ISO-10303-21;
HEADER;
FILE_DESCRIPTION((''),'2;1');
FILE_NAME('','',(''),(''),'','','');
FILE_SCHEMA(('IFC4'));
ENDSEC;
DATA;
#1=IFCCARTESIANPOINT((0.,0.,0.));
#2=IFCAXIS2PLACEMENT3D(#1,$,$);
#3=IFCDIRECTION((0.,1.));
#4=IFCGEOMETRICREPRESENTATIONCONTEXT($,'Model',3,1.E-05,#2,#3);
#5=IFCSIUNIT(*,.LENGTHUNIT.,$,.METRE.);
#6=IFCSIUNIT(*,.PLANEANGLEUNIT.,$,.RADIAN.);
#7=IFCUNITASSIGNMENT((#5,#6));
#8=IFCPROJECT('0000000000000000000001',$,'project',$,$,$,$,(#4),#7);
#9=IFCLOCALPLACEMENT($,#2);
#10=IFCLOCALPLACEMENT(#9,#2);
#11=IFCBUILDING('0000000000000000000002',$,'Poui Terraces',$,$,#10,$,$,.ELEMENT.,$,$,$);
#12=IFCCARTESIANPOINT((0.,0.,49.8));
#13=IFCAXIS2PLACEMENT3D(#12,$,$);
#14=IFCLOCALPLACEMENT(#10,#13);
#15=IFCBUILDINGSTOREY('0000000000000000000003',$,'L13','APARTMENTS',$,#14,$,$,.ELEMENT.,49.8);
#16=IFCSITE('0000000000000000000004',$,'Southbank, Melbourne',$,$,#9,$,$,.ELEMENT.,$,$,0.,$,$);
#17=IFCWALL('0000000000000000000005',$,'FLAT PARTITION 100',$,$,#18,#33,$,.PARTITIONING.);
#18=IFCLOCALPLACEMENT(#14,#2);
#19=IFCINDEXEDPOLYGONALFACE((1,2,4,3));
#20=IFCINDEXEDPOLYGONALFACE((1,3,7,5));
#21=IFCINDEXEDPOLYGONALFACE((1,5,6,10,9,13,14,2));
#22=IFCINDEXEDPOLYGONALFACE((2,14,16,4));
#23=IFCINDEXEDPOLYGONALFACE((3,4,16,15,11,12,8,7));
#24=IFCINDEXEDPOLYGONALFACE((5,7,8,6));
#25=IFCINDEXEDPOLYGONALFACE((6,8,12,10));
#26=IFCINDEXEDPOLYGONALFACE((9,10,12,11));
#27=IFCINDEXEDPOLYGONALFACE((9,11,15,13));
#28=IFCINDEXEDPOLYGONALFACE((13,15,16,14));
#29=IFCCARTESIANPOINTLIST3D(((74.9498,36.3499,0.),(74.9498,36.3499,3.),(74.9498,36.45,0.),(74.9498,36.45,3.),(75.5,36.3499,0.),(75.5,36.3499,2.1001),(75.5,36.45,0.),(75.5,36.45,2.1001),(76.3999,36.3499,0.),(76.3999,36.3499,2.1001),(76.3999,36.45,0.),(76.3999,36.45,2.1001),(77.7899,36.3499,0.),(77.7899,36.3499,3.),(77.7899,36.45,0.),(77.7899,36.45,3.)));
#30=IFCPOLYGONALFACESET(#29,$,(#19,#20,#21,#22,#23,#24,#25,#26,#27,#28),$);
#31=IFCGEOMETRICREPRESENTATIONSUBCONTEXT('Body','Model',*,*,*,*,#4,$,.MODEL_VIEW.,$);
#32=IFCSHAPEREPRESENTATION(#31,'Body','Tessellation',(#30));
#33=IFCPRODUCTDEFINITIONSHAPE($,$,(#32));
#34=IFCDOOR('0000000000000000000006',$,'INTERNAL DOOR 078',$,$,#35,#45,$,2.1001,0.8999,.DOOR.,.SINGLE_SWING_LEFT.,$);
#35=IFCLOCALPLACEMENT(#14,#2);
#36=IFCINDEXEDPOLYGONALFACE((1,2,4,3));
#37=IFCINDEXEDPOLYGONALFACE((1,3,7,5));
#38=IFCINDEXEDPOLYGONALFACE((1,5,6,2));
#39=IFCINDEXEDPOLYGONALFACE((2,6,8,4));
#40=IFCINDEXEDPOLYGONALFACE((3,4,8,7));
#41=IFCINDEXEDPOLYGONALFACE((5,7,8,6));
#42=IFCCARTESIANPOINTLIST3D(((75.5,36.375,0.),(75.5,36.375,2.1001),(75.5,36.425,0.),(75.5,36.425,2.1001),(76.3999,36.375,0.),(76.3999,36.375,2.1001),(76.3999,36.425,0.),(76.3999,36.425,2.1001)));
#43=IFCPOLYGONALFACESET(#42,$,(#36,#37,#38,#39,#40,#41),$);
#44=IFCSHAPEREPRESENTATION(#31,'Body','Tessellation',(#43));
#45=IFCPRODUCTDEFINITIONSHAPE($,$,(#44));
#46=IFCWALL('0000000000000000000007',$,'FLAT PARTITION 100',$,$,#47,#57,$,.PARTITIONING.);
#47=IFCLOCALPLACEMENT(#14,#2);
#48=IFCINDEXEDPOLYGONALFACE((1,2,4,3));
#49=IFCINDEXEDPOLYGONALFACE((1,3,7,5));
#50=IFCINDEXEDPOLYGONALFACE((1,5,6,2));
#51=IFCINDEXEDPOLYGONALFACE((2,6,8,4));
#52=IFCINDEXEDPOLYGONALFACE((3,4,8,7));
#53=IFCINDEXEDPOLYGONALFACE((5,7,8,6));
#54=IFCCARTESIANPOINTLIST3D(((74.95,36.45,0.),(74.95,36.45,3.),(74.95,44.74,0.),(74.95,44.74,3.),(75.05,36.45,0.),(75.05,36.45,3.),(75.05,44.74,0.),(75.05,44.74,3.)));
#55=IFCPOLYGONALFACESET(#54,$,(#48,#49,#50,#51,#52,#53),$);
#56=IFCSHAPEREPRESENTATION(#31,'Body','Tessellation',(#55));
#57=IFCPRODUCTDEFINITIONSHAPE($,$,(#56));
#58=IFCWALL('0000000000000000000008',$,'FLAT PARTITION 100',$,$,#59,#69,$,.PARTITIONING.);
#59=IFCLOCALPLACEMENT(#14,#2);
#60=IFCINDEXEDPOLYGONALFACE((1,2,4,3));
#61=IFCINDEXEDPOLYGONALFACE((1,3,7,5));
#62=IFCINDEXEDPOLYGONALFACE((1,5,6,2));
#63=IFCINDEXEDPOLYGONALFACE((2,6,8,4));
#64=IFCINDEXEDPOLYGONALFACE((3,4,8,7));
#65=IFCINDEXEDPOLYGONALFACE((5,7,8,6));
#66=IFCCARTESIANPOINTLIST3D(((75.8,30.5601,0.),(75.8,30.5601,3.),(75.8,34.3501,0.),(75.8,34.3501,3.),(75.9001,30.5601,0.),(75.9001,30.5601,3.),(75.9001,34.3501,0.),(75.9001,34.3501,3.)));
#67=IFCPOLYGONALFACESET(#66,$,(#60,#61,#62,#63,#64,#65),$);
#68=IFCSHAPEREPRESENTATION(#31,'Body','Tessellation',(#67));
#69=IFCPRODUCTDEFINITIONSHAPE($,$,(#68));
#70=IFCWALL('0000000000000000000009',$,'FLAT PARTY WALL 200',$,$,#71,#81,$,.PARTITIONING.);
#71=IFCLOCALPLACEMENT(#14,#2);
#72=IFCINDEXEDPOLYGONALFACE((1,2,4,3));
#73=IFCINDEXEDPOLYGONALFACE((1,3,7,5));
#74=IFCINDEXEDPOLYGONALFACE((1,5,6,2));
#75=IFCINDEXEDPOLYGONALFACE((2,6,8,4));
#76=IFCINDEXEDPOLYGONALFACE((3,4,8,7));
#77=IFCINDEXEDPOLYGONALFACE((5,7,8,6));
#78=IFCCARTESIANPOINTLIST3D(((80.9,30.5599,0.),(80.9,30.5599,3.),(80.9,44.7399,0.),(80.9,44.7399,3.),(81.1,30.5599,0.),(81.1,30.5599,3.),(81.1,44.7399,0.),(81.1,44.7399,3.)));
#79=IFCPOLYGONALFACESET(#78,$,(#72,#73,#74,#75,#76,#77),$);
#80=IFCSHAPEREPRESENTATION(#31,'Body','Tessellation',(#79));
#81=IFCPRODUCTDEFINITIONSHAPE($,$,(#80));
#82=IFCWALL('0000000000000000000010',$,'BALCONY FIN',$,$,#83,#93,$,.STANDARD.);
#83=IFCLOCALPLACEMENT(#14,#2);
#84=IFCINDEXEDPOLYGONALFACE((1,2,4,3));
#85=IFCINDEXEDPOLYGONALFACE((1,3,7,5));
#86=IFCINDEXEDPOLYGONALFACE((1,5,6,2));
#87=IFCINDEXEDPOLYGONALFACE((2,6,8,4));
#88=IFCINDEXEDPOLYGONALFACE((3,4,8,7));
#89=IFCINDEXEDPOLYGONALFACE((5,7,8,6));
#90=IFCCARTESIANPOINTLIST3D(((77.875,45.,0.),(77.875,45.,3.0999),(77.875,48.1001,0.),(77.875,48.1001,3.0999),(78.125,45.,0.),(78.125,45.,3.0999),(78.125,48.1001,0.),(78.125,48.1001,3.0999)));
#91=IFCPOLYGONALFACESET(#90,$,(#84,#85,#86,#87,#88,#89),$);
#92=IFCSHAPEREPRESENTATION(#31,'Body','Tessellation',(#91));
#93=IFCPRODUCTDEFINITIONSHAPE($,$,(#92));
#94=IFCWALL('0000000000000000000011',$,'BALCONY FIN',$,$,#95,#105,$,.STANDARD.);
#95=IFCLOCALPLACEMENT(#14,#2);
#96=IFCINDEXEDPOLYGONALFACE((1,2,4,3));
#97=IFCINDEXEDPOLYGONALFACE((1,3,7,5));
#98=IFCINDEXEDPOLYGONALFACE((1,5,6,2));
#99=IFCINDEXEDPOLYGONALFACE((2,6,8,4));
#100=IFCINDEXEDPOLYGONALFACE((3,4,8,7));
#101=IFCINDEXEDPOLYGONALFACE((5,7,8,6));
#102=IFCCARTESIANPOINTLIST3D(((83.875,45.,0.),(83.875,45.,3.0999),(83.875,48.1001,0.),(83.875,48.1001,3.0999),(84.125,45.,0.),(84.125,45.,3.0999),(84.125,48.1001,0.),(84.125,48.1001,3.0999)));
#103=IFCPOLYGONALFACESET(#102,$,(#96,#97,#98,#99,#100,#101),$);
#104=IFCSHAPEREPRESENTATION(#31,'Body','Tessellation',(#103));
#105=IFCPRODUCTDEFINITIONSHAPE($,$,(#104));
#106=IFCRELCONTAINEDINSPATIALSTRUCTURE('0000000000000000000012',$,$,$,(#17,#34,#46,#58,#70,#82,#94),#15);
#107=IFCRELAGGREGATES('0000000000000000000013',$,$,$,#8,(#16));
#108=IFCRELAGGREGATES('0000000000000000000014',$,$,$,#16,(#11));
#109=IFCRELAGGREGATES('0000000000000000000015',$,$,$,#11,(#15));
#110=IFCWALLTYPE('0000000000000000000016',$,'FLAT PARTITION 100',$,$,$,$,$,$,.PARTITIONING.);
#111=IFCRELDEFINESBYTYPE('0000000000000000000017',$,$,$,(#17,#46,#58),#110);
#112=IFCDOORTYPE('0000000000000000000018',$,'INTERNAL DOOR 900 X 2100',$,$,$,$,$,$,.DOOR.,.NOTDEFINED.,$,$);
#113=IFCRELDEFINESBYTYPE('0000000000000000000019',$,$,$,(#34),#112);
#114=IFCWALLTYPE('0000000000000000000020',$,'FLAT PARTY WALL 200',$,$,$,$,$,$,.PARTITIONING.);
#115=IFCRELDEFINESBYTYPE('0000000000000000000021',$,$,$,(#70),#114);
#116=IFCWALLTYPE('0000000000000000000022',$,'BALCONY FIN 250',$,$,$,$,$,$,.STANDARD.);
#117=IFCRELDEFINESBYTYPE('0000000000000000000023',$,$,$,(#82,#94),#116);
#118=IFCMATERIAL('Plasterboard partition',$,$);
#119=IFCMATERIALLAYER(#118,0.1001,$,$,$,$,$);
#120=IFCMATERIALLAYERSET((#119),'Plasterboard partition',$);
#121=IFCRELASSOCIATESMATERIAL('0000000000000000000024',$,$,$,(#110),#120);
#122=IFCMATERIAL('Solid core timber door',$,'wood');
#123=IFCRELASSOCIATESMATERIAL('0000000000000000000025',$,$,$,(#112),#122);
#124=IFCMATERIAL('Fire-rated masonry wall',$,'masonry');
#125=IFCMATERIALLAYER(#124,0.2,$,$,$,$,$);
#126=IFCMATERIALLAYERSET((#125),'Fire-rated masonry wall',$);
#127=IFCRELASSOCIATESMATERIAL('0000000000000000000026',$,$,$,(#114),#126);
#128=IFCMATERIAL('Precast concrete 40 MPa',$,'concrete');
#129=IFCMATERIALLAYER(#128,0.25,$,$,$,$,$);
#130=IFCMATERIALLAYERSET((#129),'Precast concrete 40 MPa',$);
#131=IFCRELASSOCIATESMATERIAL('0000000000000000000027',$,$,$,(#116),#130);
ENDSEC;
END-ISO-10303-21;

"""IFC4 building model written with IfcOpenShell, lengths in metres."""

from ifc_helpers import new_model, si_unit, direction, frame, frame_2d, origin, place, context, subcontext, project, spatial, polyline, rectangle, outline, extrude, source, transform, mapped, material, layer, layer_set, type_object, element, fill, save


model = new_model("IFC4")

# Units and contexts
model_context = context("Model", 3, precision=1e-05, world=origin(), true_north=direction((0.0, 1.0)))
body_context = subcontext(model_context, "Body", "Model", "MODEL_VIEW")
ifc_project = project(units=[si_unit("LENGTHUNIT", "METRE"), si_unit("PLANEANGLEUNIT", "RADIAN")], contexts=[model_context])

# Site, building, storey
site_placement = place(None, origin())
site = spatial("IfcSite", under=ifc_project, at=site_placement, Name="Southbank, Melbourne", CompositionType="ELEMENT", RefElevation=0.0)
building_placement = place(site_placement, origin())
building = spatial("IfcBuilding", under=site, at=building_placement, Name="Poui Terraces", CompositionType="ELEMENT")
storey_placement = place(building_placement, frame((0.0, 0.0, 49.8)))
storey = spatial("IfcBuildingStorey", under=building, at=storey_placement, Name="L13", Description="APARTMENTS", CompositionType="ELEMENT", Elevation=49.8)

# Wall, opening, door
ifc_material_1 = material(Name="Plasterboard partition")
ifc_layer_1 = layer(ifc_material_1, 0.1001)
ifc_layer_set_1 = layer_set([ifc_layer_1], Name="Plasterboard partition")
wall_type_1 = type_object("IfcWallType", Name="FLAT PARTITION 100", PredefinedType="PARTITIONING", material=ifc_layer_set_1)
ifc_material_2 = material(Name="Solid core timber door", Category="wood")
door_type_1 = type_object("IfcDoorType", Name="INTERNAL DOOR 900 X 2100", OperationType="NOTDEFINED", PredefinedType="DOOR", material=ifc_material_2)
wall_1_placement = place(storey_placement, frame((74.95, 36.3999, 0.0), z_axis=(0.0, 0.0, 1.0), x_axis=(1.0, 0.0, 0.0)))
wall_1 = element("IfcWall", 1, at=wall_1_placement, inside=storey, type_object=wall_type_1, Name="FLAT PARTITION 100", PredefinedType="PARTITIONING", context=body_context, shape_type="SweptSolid", body=[
    extrude(rectangle(XDim=2.8401, YDim=0.1001, at=frame_2d((1.4199, 0.0))), origin(), (0.0, 0.0, 1.0), 3.0),
])
opening_1_placement = place(wall_1_placement, frame((0.55, 0.0, 0.0)))
opening_1 = element("IfcOpeningElement", 2, at=opening_1_placement, cuts=wall_1, PredefinedType="OPENING", context=body_context, shape_type="SweptSolid", body=[
    extrude(rectangle(XDim=0.8999, YDim=2.1001, at=frame_2d((0.45, 1.05))), frame((0.0, 0.0601, 0.0), z_axis=(0.0, -1.0, 0.0), x_axis=(1.0, 0.0, 0.0)), (0.0, 0.0, 1.0), 0.1201),
])
door_1_placement = place(opening_1_placement, frame((0.8999, 0.0, 0.0), z_axis=(0.0, 0.0, 1.0), x_axis=(-1.0, 0.0, 0.0)))
door_1 = element("IfcDoor", 3, at=door_1_placement, inside=storey, type_object=door_type_1, Name="INTERNAL DOOR 078", OperationType="SINGLE_SWING_LEFT", OverallHeight=2.1001, OverallWidth=0.8999, PredefinedType="DOOR", context=body_context, shape_type="SweptSolid", body=[
    extrude(rectangle(XDim=0.8999, YDim=2.1001, at=frame_2d((0.45, 1.05))), frame((0.0, 0.0249, 0.0), z_axis=(0.0, -1.0, 0.0), x_axis=(1.0, 0.0, 0.0)), (0.0, 0.0, 1.0), 0.05),
])
fill(opening_1, door_1)

# Walls
wall_2_placement = place(storey_placement, frame((75.0, 36.45, 0.0), z_axis=(0.0, 0.0, 1.0), x_axis=(0.0, 1.0, 0.0)))
element("IfcWall", 4, at=wall_2_placement, inside=storey, type_object=wall_type_1, Name="FLAT PARTITION 100", PredefinedType="PARTITIONING", context=body_context, shape_type="SweptSolid", body=[
    extrude(rectangle(XDim=8.29, YDim=0.1001, at=frame_2d((4.145, 0.0))), origin(), (0.0, 0.0, 1.0), 3.0),
])
wall_3_placement = place(storey_placement, frame((75.8501, 30.5601, 0.0), z_axis=(0.0, 0.0, 1.0), x_axis=(0.0, 1.0, 0.0)))
element("IfcWall", 5, at=wall_3_placement, inside=storey, type_object=wall_type_1, Name="FLAT PARTITION 100", PredefinedType="PARTITIONING", context=body_context, shape_type="SweptSolid", body=[
    extrude(rectangle(XDim=3.79, YDim=0.1001, at=frame_2d((1.895, 0.0))), origin(), (0.0, 0.0, 1.0), 3.0),
])
ifc_material_3 = material(Name="Fire-rated masonry wall", Category="masonry")
ifc_layer_2 = layer(ifc_material_3, 0.2)
ifc_layer_set_2 = layer_set([ifc_layer_2], Name="Fire-rated masonry wall")
wall_type_2 = type_object("IfcWallType", Name="FLAT PARTY WALL 200", PredefinedType="PARTITIONING", material=ifc_layer_set_2)
wall_4_placement = place(storey_placement, frame((81.0, 30.5601, 0.0), z_axis=(0.0, 0.0, 1.0), x_axis=(0.0, 1.0, 0.0)))
element("IfcWall", 6, at=wall_4_placement, inside=storey, type_object=wall_type_2, Name="FLAT PARTY WALL 200", PredefinedType="PARTITIONING", context=body_context, shape_type="SweptSolid", body=[
    extrude(rectangle(XDim=14.1799, YDim=0.2, at=frame_2d((7.0898, 0.0))), origin(), (0.0, 0.0, 1.0), 3.0),
])
ifc_material_4 = material(Name="Precast concrete 40 MPa", Category="concrete")
ifc_layer_3 = layer(ifc_material_4, 0.25)
ifc_layer_set_3 = layer_set([ifc_layer_3], Name="Precast concrete 40 MPa")
wall_type_3 = type_object("IfcWallType", Name="BALCONY FIN 250", PredefinedType="STANDARD", material=ifc_layer_set_3)
shared_shape_1 = source(origin(), body_context, "Body", "SweptSolid", [
    extrude(outline(polyline([(0.0, 0.0), (0.25, 0.0), (0.25, 3.1001), (0.0, 3.1001), (0.0, 0.0)])), origin(), (0.0, 0.0, 1.0), 3.0999),
])
for number, where, name in (
    (7, (77.875, 45.0, 0.0), "BALCONY FIN"),
    (8, (83.875, 45.0, 0.0), "BALCONY FIN"),
):
    element("IfcWall", number, at=place(storey_placement, frame(where)), inside=storey, type_object=wall_type_3, Name=name, PredefinedType="STANDARD", context=body_context, shape_type="MappedRepresentation", body=[
        mapped(shared_shape_1, transform((0.0, 0.0, 0.0))),
    ])

save(model, "model.ifc")
